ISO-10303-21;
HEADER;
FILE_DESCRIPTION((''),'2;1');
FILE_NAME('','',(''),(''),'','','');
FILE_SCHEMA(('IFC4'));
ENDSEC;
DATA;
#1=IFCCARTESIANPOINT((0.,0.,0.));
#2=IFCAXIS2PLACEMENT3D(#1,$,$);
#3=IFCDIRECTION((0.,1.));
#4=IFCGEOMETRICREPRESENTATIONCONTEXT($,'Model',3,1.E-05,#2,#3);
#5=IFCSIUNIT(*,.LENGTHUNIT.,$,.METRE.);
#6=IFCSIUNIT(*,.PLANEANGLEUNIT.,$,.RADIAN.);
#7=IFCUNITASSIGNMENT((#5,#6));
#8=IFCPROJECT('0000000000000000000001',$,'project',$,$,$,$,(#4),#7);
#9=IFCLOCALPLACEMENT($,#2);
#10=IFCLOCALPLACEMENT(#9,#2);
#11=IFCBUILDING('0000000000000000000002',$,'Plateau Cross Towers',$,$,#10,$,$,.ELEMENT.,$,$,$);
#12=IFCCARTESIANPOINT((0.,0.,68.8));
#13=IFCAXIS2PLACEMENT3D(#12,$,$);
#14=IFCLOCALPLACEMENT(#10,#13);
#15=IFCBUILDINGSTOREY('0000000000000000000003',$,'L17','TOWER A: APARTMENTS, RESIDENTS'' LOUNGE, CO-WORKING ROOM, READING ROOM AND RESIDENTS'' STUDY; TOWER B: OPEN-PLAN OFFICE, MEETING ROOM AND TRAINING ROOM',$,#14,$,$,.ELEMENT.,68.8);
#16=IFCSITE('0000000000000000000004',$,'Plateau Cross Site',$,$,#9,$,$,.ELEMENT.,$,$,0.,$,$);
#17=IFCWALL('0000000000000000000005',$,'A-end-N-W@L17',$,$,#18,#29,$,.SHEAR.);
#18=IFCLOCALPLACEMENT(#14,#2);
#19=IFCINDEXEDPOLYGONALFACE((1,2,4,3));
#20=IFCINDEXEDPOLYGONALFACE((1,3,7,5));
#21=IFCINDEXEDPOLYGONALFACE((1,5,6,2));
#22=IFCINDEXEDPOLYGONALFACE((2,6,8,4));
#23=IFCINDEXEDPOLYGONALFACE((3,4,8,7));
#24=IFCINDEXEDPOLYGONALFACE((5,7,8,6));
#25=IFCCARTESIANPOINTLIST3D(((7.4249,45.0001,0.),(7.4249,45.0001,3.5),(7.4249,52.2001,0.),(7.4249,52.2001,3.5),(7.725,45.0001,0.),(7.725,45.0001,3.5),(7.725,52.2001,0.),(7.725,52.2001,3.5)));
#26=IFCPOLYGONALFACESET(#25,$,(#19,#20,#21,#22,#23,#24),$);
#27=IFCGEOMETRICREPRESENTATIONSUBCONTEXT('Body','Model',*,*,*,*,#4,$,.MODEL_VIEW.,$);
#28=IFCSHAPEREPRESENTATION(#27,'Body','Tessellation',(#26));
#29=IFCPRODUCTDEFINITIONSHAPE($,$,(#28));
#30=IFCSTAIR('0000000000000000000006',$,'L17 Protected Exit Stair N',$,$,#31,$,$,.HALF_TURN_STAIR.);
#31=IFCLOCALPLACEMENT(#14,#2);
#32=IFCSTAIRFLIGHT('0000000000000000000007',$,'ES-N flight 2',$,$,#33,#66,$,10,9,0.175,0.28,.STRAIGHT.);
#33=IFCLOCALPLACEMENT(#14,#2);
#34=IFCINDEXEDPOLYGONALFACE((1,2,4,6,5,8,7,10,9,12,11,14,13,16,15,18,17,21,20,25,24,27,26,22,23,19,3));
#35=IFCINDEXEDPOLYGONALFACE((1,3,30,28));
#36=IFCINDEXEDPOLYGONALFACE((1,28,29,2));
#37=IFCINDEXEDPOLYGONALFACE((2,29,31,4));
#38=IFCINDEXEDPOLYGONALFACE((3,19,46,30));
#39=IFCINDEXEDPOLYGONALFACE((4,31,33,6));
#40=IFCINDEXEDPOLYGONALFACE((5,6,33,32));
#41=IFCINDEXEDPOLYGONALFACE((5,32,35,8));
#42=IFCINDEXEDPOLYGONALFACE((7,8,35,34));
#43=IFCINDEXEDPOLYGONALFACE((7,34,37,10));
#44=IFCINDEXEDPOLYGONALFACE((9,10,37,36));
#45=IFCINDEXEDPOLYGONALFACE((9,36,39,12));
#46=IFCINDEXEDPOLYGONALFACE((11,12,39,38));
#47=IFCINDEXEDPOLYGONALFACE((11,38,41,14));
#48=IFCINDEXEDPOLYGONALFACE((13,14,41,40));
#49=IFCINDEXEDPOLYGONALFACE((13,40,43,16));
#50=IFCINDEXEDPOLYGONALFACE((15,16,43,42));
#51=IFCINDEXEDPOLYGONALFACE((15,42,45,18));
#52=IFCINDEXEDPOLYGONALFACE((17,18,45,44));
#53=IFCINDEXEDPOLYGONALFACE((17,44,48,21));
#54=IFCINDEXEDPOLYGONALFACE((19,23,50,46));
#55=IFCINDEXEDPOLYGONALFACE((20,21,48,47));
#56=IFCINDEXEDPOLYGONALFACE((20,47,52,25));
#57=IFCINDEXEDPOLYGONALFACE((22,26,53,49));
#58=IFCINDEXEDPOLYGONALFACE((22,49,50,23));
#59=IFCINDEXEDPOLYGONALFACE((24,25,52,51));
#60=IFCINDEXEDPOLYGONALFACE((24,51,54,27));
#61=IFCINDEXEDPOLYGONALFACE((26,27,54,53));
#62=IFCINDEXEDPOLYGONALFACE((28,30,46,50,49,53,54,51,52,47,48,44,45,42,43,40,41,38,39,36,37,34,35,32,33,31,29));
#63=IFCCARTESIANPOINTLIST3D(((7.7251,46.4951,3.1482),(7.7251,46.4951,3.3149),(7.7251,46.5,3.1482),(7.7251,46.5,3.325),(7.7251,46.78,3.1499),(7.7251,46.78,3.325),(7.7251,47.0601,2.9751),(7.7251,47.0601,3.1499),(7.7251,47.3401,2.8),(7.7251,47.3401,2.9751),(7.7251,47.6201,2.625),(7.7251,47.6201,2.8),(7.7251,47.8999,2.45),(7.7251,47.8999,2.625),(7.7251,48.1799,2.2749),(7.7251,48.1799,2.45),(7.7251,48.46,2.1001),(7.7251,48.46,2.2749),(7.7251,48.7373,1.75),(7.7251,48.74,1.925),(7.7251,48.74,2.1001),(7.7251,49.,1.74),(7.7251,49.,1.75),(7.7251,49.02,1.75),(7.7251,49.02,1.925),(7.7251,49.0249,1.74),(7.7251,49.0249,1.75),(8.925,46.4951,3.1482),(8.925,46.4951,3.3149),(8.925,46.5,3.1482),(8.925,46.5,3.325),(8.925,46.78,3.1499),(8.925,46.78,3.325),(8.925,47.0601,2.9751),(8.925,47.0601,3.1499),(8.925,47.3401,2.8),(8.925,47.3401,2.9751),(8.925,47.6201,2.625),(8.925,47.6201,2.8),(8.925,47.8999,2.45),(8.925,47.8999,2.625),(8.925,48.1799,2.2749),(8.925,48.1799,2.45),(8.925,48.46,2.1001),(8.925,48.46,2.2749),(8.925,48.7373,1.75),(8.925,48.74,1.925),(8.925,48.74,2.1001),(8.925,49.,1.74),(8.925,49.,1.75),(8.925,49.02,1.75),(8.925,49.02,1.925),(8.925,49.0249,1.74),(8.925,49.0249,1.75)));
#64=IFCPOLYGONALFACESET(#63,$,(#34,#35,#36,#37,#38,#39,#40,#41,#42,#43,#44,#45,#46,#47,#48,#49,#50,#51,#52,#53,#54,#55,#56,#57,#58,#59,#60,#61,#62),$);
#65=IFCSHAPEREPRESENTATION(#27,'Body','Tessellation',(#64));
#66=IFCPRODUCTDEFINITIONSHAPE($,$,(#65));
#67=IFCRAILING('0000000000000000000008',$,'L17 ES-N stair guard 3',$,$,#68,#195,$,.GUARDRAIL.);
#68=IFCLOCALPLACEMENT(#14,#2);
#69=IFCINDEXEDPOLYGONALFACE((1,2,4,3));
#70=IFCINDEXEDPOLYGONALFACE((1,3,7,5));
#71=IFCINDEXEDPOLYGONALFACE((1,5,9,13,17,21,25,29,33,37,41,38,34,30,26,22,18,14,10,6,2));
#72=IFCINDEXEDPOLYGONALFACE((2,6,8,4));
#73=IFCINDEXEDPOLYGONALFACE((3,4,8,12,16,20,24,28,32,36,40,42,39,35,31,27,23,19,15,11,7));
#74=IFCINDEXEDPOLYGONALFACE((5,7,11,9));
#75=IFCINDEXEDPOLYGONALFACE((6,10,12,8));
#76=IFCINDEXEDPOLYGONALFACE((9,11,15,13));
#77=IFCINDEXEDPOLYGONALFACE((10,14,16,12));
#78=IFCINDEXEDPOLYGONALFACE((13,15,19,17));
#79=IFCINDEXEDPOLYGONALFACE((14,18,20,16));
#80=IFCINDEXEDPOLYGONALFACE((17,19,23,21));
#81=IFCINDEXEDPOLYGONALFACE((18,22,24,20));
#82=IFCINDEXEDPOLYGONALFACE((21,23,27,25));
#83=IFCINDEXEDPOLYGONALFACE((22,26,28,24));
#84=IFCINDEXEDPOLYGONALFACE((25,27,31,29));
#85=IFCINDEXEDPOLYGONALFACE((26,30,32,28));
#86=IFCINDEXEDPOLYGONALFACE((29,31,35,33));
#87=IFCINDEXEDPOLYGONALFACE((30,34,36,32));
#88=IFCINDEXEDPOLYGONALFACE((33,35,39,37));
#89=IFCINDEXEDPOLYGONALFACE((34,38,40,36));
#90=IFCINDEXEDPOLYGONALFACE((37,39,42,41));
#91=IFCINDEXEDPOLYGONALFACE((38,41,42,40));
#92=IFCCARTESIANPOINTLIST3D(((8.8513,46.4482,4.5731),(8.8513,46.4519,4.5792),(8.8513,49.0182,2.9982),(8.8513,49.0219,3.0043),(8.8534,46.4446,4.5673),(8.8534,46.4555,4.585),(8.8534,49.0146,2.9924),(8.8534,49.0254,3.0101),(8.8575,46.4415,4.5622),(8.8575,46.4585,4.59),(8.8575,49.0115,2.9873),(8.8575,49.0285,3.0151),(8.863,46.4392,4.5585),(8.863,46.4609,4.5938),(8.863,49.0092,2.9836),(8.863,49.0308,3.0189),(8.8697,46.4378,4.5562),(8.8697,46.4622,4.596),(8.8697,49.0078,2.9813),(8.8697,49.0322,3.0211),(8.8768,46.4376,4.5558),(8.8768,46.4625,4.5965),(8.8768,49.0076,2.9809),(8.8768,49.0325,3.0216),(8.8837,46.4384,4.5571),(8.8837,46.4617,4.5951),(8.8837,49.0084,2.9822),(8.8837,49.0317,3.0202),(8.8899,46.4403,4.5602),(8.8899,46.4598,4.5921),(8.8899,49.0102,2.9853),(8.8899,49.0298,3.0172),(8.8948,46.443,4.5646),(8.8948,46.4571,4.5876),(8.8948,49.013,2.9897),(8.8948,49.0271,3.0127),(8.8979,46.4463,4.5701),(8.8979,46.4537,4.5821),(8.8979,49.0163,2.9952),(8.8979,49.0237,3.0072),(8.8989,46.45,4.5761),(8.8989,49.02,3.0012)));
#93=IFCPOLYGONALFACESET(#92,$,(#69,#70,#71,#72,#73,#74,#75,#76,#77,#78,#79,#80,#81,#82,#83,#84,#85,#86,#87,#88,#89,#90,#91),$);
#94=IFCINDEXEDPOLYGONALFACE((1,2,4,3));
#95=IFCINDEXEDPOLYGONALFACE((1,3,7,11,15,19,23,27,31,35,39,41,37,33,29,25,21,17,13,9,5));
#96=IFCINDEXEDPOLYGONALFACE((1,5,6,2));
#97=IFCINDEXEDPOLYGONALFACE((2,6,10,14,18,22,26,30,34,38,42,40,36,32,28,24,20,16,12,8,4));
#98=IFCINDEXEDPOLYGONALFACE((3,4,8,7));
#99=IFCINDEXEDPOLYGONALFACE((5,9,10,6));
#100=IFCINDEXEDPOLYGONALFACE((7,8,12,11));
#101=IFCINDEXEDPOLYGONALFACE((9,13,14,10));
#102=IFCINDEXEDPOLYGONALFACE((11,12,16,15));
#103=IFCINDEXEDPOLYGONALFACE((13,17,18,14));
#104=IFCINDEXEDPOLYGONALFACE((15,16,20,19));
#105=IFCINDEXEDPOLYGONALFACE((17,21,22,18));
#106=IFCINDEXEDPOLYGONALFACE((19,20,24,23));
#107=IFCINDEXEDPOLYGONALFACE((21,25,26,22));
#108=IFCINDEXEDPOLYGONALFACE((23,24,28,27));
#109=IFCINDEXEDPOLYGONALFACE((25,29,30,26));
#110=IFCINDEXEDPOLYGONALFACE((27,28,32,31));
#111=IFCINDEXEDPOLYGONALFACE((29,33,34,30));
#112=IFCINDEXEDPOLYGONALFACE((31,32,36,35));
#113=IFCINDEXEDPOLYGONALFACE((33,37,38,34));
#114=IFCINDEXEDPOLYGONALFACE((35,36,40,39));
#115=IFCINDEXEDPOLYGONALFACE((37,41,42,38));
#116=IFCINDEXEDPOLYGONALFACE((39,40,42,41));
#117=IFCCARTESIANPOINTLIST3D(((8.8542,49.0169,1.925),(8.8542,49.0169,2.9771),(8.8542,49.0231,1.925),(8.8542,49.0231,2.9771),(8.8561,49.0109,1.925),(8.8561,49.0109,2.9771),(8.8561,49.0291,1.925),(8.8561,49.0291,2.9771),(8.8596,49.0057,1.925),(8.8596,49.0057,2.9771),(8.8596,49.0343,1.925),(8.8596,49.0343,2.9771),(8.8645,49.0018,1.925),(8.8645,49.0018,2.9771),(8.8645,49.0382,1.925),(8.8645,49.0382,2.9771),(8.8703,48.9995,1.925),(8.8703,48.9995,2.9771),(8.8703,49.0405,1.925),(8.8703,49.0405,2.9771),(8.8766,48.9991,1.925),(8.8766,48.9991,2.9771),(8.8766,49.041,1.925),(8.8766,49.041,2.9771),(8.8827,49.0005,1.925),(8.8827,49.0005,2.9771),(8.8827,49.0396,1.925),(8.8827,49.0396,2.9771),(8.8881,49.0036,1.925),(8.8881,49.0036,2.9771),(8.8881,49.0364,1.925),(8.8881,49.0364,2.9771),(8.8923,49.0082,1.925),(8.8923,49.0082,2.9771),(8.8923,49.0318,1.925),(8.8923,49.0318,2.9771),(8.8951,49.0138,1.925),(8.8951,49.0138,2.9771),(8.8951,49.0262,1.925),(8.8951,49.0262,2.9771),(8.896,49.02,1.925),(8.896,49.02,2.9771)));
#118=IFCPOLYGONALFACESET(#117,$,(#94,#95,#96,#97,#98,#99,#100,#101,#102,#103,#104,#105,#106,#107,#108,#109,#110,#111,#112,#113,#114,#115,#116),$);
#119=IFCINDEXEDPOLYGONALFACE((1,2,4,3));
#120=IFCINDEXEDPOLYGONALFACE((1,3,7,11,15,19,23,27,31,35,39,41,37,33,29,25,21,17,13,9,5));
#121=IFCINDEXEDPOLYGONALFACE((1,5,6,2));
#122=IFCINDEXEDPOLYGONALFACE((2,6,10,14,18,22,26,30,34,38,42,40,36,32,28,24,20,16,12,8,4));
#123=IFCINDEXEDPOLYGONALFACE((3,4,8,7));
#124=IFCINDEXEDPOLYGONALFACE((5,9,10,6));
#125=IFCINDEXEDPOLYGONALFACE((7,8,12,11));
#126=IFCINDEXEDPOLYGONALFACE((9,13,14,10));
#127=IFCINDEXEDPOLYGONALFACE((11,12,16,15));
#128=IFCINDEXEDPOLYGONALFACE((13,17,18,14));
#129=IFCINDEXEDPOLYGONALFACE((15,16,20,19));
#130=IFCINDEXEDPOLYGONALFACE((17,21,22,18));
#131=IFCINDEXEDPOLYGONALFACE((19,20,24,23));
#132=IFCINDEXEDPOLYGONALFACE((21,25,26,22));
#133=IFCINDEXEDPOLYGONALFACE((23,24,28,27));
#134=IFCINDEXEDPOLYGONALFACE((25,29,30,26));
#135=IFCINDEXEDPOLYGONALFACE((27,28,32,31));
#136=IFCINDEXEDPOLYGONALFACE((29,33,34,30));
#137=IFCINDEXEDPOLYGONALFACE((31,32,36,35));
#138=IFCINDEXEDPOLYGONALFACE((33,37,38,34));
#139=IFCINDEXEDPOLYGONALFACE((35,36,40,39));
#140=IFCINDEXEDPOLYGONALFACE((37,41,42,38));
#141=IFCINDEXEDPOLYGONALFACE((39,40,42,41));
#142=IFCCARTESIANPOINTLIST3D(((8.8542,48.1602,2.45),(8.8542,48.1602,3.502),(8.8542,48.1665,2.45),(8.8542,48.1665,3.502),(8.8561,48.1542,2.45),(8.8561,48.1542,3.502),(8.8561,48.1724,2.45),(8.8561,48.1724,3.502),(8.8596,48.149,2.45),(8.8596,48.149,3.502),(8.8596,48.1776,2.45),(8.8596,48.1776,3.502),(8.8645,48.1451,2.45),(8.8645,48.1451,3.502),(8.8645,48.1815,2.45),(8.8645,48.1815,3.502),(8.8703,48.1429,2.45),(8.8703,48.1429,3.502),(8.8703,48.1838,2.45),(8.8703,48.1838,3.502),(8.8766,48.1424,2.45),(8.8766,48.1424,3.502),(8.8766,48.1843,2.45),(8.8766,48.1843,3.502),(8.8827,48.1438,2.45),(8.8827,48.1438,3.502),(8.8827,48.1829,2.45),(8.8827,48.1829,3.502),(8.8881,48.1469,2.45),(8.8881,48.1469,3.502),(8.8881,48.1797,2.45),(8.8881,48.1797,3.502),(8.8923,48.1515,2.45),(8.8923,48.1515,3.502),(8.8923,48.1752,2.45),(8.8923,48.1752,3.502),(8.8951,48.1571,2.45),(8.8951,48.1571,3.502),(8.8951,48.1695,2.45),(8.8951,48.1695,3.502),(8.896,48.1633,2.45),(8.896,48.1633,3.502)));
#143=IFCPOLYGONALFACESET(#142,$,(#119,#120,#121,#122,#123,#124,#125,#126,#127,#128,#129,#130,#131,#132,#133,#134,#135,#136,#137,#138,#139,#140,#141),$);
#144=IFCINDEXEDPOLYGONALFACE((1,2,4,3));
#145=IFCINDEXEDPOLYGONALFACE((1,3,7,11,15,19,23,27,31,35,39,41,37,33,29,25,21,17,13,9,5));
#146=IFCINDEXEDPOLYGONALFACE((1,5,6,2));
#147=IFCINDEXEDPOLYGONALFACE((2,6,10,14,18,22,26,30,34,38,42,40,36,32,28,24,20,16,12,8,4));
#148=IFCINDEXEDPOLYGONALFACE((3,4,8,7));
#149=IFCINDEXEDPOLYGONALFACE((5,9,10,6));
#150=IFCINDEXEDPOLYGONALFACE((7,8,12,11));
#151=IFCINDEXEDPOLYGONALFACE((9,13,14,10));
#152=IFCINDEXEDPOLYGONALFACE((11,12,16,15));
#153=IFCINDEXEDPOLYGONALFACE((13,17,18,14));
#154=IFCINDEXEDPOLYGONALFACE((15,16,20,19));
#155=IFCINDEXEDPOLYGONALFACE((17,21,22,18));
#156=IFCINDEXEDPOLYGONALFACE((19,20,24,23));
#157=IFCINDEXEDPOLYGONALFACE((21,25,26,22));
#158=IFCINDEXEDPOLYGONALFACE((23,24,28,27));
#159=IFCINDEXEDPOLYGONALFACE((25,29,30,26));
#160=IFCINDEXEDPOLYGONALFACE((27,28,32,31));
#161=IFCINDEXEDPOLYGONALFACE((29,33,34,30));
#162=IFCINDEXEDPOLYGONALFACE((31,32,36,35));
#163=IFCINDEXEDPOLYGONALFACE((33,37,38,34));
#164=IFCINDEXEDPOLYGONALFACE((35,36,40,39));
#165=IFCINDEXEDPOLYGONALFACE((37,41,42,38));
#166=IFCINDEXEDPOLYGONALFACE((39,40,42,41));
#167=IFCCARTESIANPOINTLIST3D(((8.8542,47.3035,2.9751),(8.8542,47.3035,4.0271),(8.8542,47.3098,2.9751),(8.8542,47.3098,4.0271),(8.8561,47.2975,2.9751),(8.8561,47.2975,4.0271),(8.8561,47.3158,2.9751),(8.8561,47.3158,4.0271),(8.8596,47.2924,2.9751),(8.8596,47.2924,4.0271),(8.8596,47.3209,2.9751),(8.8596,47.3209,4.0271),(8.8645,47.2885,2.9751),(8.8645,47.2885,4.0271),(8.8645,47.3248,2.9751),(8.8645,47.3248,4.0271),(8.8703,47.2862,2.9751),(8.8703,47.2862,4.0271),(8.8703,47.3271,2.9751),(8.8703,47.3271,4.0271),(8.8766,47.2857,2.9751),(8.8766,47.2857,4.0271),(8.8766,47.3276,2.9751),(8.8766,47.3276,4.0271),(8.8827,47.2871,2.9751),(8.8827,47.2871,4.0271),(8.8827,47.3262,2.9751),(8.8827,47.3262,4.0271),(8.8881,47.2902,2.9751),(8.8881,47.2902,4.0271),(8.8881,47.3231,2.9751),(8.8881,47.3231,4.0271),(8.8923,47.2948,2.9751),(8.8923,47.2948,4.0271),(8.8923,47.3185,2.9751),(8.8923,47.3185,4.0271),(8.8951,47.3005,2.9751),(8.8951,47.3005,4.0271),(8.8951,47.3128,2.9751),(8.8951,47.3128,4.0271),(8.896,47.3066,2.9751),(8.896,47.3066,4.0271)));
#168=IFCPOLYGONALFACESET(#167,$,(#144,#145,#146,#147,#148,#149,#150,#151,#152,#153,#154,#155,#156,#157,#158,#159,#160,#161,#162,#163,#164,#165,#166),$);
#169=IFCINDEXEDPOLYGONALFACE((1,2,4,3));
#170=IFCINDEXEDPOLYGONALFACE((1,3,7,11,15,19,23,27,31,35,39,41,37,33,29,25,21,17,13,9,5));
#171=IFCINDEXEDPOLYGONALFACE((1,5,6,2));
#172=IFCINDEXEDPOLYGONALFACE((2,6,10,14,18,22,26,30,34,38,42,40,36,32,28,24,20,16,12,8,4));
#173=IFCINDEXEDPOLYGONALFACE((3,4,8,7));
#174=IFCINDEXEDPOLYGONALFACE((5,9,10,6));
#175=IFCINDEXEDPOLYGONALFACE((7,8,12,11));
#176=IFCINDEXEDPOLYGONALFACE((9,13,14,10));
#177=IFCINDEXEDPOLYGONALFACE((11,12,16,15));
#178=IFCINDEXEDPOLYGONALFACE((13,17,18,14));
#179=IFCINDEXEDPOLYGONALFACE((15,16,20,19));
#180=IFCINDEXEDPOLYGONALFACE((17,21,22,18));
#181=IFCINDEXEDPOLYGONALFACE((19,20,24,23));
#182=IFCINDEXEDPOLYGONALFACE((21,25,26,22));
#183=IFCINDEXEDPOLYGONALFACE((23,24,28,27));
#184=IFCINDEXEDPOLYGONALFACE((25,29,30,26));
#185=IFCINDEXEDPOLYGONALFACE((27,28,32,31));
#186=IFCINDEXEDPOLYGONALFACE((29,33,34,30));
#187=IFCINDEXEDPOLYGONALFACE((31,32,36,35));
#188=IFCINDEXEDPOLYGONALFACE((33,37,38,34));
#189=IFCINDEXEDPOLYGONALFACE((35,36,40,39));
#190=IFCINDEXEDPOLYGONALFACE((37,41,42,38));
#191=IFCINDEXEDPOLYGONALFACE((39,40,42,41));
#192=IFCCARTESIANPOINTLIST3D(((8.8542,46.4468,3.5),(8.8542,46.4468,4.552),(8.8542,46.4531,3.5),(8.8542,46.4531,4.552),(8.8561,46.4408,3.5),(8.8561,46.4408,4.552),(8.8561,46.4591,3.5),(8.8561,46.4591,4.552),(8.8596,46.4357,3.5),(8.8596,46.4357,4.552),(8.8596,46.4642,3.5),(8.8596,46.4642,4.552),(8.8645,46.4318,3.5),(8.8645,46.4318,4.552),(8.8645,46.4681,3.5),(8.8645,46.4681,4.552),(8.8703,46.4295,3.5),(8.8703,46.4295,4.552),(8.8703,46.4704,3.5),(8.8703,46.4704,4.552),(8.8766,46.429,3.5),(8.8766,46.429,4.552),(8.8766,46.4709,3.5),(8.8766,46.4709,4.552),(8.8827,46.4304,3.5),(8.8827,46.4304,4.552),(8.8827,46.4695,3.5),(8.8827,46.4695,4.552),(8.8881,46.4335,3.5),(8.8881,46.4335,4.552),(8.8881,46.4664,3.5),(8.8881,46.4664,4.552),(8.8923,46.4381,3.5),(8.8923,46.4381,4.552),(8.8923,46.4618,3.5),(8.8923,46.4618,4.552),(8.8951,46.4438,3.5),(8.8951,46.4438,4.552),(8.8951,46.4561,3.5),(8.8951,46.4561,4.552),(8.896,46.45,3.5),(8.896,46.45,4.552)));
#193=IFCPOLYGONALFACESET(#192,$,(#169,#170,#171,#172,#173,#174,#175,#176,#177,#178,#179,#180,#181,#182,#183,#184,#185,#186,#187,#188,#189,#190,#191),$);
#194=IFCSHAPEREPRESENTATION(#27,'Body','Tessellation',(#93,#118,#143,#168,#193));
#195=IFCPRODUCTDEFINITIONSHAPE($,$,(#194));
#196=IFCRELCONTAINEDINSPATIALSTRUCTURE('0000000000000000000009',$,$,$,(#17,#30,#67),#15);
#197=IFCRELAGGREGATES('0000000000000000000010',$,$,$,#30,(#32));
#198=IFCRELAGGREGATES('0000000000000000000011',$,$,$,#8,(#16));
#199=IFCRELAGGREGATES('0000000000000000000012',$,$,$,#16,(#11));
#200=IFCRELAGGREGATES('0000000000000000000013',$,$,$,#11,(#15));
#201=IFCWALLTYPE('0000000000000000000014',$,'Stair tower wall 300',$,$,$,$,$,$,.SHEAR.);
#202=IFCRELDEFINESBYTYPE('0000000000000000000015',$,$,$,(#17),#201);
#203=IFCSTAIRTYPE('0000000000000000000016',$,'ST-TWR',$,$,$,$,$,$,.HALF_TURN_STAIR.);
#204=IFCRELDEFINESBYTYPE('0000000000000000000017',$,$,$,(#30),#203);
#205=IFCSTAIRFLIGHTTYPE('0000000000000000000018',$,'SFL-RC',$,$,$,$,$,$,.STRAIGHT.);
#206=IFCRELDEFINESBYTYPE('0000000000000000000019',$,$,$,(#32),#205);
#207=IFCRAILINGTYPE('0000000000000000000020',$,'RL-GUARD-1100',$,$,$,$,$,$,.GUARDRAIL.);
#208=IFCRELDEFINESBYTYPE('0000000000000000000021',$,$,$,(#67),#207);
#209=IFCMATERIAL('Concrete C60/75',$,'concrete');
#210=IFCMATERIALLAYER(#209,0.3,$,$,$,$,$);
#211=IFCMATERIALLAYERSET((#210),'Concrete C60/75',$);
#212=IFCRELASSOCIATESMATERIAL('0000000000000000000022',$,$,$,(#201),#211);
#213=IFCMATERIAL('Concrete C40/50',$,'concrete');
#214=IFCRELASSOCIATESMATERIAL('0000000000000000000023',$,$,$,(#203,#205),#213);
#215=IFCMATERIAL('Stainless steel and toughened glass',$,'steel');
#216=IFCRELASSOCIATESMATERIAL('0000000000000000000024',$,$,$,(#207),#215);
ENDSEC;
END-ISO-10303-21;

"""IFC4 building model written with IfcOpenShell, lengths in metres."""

from ifc_helpers import new_model, si_unit, direction, frame, frame_2d, origin, origin_2d, place, context, subcontext, project, spatial, polyline, rectangle, circle, outline, extrude, material, layer, layer_set, type_object, element, aggregate, save


model = new_model("IFC4")

# Units and contexts
model_context = context("Model", 3, precision=1e-05, world=origin(), true_north=direction((0.0, 1.0)))
body_context = subcontext(model_context, "Body", "Model", "MODEL_VIEW")
ifc_project = project(units=[si_unit("LENGTHUNIT", "METRE"), si_unit("PLANEANGLEUNIT", "RADIAN")], contexts=[model_context])

# Site, building, storey
site_placement = place(None, origin())
site = spatial("IfcSite", under=ifc_project, at=site_placement, Name="Plateau Cross Site", CompositionType="ELEMENT", RefElevation=0.0)
building_placement = place(site_placement, origin())
building = spatial("IfcBuilding", under=site, at=building_placement, Name="Plateau Cross Towers", CompositionType="ELEMENT")
storey_placement = place(building_placement, frame((0.0, 0.0, 68.8)))
storey = spatial("IfcBuildingStorey", under=building, at=storey_placement, Name="L17", Description="TOWER A: APARTMENTS, RESIDENTS' LOUNGE, CO-WORKING ROOM, READING ROOM AND RESIDENTS' STUDY; TOWER B: OPEN-PLAN OFFICE, MEETING ROOM AND TRAINING ROOM", CompositionType="ELEMENT", Elevation=68.8)

# Shared definitions
ifc_material_1 = material(Name="Concrete C60/75", Category="concrete")

# Shared definitions
ifc_layer_1 = layer(ifc_material_1, 0.3)
ifc_layer_set_1 = layer_set([ifc_layer_1], Name="Concrete C60/75")
wall_type_1 = type_object("IfcWallType", Name="Stair tower wall 300", PredefinedType="SHEAR", material=ifc_layer_set_1)

# Wall
wall_1_placement = place(storey_placement, frame((7.575, 45.0, 0.0), z_axis=(0.0, 0.0, 1.0), x_axis=(0.0, 1.0, 0.0)))
element("IfcWall", 1, at=wall_1_placement, inside=storey, type_object=wall_type_1, Name="A-end-N-W@L17", PredefinedType="SHEAR", context=body_context, shape_type="SweptSolid", body=[
    extrude(rectangle(XDim=7.2, YDim=0.3, at=frame_2d((3.6001, 0.0))), origin(), (0.0, 0.0, 1.0), 3.5),
])

# Stair, stair flight
ifc_material_2 = material(Name="Concrete C40/50", Category="concrete")
stair_type = type_object("IfcStairType", Name="ST-TWR", PredefinedType="HALF_TURN_STAIR", material=ifc_material_2)
stair_placement = place(storey_placement, origin())
stair = element("IfcStair", 2, at=stair_placement, inside=storey, type_object=stair_type, Name="L17 Protected Exit Stair N", PredefinedType="HALF_TURN_STAIR")
stair_flight_type = type_object("IfcStairFlightType", Name="SFL-RC", PredefinedType="STRAIGHT", material=ifc_material_2)
stair_flight_placement = place(storey_placement, frame((8.325, 49.02, 1.75), z_axis=(0.0, 0.0, 1.0), x_axis=(0.0, -1.0, 0.0)))
stair_flight = element("IfcStairFlight", 3, at=stair_flight_placement, type_object=stair_flight_type, Name="ES-N flight 2", NumberOfRisers=10, NumberOfTreads=9, PredefinedType="STRAIGHT", RiserHeight=0.175, TreadLength=0.28, context=body_context, shape_type="SweptSolid", body=[
    extrude(outline(polyline([(-0.0049, -0.01), (-0.0049, 0.0), (0.0, 0.0), (0.0, 0.175), (0.28, 0.175), (0.28, 0.3501), (0.5601, 0.3501), (0.5601, 0.5249), (0.8401, 0.5249), (0.8401, 0.7), (1.1201, 0.7), (1.1201, 0.875), (1.3999, 0.875), (1.3999, 1.05), (1.6799, 1.05), (1.6799, 1.2251), (1.96, 1.2251), (1.96, 1.3999), (2.24, 1.3999), (2.24, 1.575), (2.52, 1.575), (2.5249, 1.5649), (2.5249, 1.3982), (2.52, 1.3982), (0.2827, 0.0), (0.02, 0.0), (0.02, -0.01), (-0.0049, -0.01)])), frame((0.0, 0.6001, 0.0), z_axis=(0.0, -1.0, 0.0), x_axis=(1.0, 0.0, 0.0)), (0.0, 0.0, 1.0), 1.2),
])
aggregate(stair, [stair_flight])

# Railing
ifc_material_3 = material(Name="Stainless steel and toughened glass", Category="steel")
railing_type_1 = type_object("IfcRailingType", Name="RL-GUARD-1100", PredefinedType="GUARDRAIL", material=ifc_material_3)
railing_1_placement = place(storey_placement, frame((8.875, 49.02, 1.925)))
element("IfcRailing", 4, at=railing_1_placement, inside=storey, type_object=railing_type_1, Name="L17 ES-N stair guard 3", PredefinedType="GUARDRAIL", context=body_context, shape_type="SweptSolid", body=[
    extrude(circle(Radius=0.0239, at=origin_2d()), frame((0.0, 0.0, 1.0762), z_axis=(0.0, -0.852639, 0.522501), x_axis=(1.0, 0.0, 0.0)), (0.0, 0.0, 1.0), 3.0142),
    extrude(circle(Radius=0.021, at=origin_2d()), origin(), (0.0, 0.0, 1.0), 1.052),
    extrude(circle(Radius=0.021, at=origin_2d()), frame((0.0, -0.8567, 0.5249)), (0.0, 0.0, 1.0), 1.052),
    extrude(circle(Radius=0.021, at=origin_2d()), frame((0.0, -1.7134, 1.05)), (0.0, 0.0, 1.0), 1.052),
    extrude(circle(Radius=0.021, at=origin_2d()), frame((0.0, -2.5701, 1.575)), (0.0, 0.0, 1.0), 1.052),
])

save(model, "model.ifc")
